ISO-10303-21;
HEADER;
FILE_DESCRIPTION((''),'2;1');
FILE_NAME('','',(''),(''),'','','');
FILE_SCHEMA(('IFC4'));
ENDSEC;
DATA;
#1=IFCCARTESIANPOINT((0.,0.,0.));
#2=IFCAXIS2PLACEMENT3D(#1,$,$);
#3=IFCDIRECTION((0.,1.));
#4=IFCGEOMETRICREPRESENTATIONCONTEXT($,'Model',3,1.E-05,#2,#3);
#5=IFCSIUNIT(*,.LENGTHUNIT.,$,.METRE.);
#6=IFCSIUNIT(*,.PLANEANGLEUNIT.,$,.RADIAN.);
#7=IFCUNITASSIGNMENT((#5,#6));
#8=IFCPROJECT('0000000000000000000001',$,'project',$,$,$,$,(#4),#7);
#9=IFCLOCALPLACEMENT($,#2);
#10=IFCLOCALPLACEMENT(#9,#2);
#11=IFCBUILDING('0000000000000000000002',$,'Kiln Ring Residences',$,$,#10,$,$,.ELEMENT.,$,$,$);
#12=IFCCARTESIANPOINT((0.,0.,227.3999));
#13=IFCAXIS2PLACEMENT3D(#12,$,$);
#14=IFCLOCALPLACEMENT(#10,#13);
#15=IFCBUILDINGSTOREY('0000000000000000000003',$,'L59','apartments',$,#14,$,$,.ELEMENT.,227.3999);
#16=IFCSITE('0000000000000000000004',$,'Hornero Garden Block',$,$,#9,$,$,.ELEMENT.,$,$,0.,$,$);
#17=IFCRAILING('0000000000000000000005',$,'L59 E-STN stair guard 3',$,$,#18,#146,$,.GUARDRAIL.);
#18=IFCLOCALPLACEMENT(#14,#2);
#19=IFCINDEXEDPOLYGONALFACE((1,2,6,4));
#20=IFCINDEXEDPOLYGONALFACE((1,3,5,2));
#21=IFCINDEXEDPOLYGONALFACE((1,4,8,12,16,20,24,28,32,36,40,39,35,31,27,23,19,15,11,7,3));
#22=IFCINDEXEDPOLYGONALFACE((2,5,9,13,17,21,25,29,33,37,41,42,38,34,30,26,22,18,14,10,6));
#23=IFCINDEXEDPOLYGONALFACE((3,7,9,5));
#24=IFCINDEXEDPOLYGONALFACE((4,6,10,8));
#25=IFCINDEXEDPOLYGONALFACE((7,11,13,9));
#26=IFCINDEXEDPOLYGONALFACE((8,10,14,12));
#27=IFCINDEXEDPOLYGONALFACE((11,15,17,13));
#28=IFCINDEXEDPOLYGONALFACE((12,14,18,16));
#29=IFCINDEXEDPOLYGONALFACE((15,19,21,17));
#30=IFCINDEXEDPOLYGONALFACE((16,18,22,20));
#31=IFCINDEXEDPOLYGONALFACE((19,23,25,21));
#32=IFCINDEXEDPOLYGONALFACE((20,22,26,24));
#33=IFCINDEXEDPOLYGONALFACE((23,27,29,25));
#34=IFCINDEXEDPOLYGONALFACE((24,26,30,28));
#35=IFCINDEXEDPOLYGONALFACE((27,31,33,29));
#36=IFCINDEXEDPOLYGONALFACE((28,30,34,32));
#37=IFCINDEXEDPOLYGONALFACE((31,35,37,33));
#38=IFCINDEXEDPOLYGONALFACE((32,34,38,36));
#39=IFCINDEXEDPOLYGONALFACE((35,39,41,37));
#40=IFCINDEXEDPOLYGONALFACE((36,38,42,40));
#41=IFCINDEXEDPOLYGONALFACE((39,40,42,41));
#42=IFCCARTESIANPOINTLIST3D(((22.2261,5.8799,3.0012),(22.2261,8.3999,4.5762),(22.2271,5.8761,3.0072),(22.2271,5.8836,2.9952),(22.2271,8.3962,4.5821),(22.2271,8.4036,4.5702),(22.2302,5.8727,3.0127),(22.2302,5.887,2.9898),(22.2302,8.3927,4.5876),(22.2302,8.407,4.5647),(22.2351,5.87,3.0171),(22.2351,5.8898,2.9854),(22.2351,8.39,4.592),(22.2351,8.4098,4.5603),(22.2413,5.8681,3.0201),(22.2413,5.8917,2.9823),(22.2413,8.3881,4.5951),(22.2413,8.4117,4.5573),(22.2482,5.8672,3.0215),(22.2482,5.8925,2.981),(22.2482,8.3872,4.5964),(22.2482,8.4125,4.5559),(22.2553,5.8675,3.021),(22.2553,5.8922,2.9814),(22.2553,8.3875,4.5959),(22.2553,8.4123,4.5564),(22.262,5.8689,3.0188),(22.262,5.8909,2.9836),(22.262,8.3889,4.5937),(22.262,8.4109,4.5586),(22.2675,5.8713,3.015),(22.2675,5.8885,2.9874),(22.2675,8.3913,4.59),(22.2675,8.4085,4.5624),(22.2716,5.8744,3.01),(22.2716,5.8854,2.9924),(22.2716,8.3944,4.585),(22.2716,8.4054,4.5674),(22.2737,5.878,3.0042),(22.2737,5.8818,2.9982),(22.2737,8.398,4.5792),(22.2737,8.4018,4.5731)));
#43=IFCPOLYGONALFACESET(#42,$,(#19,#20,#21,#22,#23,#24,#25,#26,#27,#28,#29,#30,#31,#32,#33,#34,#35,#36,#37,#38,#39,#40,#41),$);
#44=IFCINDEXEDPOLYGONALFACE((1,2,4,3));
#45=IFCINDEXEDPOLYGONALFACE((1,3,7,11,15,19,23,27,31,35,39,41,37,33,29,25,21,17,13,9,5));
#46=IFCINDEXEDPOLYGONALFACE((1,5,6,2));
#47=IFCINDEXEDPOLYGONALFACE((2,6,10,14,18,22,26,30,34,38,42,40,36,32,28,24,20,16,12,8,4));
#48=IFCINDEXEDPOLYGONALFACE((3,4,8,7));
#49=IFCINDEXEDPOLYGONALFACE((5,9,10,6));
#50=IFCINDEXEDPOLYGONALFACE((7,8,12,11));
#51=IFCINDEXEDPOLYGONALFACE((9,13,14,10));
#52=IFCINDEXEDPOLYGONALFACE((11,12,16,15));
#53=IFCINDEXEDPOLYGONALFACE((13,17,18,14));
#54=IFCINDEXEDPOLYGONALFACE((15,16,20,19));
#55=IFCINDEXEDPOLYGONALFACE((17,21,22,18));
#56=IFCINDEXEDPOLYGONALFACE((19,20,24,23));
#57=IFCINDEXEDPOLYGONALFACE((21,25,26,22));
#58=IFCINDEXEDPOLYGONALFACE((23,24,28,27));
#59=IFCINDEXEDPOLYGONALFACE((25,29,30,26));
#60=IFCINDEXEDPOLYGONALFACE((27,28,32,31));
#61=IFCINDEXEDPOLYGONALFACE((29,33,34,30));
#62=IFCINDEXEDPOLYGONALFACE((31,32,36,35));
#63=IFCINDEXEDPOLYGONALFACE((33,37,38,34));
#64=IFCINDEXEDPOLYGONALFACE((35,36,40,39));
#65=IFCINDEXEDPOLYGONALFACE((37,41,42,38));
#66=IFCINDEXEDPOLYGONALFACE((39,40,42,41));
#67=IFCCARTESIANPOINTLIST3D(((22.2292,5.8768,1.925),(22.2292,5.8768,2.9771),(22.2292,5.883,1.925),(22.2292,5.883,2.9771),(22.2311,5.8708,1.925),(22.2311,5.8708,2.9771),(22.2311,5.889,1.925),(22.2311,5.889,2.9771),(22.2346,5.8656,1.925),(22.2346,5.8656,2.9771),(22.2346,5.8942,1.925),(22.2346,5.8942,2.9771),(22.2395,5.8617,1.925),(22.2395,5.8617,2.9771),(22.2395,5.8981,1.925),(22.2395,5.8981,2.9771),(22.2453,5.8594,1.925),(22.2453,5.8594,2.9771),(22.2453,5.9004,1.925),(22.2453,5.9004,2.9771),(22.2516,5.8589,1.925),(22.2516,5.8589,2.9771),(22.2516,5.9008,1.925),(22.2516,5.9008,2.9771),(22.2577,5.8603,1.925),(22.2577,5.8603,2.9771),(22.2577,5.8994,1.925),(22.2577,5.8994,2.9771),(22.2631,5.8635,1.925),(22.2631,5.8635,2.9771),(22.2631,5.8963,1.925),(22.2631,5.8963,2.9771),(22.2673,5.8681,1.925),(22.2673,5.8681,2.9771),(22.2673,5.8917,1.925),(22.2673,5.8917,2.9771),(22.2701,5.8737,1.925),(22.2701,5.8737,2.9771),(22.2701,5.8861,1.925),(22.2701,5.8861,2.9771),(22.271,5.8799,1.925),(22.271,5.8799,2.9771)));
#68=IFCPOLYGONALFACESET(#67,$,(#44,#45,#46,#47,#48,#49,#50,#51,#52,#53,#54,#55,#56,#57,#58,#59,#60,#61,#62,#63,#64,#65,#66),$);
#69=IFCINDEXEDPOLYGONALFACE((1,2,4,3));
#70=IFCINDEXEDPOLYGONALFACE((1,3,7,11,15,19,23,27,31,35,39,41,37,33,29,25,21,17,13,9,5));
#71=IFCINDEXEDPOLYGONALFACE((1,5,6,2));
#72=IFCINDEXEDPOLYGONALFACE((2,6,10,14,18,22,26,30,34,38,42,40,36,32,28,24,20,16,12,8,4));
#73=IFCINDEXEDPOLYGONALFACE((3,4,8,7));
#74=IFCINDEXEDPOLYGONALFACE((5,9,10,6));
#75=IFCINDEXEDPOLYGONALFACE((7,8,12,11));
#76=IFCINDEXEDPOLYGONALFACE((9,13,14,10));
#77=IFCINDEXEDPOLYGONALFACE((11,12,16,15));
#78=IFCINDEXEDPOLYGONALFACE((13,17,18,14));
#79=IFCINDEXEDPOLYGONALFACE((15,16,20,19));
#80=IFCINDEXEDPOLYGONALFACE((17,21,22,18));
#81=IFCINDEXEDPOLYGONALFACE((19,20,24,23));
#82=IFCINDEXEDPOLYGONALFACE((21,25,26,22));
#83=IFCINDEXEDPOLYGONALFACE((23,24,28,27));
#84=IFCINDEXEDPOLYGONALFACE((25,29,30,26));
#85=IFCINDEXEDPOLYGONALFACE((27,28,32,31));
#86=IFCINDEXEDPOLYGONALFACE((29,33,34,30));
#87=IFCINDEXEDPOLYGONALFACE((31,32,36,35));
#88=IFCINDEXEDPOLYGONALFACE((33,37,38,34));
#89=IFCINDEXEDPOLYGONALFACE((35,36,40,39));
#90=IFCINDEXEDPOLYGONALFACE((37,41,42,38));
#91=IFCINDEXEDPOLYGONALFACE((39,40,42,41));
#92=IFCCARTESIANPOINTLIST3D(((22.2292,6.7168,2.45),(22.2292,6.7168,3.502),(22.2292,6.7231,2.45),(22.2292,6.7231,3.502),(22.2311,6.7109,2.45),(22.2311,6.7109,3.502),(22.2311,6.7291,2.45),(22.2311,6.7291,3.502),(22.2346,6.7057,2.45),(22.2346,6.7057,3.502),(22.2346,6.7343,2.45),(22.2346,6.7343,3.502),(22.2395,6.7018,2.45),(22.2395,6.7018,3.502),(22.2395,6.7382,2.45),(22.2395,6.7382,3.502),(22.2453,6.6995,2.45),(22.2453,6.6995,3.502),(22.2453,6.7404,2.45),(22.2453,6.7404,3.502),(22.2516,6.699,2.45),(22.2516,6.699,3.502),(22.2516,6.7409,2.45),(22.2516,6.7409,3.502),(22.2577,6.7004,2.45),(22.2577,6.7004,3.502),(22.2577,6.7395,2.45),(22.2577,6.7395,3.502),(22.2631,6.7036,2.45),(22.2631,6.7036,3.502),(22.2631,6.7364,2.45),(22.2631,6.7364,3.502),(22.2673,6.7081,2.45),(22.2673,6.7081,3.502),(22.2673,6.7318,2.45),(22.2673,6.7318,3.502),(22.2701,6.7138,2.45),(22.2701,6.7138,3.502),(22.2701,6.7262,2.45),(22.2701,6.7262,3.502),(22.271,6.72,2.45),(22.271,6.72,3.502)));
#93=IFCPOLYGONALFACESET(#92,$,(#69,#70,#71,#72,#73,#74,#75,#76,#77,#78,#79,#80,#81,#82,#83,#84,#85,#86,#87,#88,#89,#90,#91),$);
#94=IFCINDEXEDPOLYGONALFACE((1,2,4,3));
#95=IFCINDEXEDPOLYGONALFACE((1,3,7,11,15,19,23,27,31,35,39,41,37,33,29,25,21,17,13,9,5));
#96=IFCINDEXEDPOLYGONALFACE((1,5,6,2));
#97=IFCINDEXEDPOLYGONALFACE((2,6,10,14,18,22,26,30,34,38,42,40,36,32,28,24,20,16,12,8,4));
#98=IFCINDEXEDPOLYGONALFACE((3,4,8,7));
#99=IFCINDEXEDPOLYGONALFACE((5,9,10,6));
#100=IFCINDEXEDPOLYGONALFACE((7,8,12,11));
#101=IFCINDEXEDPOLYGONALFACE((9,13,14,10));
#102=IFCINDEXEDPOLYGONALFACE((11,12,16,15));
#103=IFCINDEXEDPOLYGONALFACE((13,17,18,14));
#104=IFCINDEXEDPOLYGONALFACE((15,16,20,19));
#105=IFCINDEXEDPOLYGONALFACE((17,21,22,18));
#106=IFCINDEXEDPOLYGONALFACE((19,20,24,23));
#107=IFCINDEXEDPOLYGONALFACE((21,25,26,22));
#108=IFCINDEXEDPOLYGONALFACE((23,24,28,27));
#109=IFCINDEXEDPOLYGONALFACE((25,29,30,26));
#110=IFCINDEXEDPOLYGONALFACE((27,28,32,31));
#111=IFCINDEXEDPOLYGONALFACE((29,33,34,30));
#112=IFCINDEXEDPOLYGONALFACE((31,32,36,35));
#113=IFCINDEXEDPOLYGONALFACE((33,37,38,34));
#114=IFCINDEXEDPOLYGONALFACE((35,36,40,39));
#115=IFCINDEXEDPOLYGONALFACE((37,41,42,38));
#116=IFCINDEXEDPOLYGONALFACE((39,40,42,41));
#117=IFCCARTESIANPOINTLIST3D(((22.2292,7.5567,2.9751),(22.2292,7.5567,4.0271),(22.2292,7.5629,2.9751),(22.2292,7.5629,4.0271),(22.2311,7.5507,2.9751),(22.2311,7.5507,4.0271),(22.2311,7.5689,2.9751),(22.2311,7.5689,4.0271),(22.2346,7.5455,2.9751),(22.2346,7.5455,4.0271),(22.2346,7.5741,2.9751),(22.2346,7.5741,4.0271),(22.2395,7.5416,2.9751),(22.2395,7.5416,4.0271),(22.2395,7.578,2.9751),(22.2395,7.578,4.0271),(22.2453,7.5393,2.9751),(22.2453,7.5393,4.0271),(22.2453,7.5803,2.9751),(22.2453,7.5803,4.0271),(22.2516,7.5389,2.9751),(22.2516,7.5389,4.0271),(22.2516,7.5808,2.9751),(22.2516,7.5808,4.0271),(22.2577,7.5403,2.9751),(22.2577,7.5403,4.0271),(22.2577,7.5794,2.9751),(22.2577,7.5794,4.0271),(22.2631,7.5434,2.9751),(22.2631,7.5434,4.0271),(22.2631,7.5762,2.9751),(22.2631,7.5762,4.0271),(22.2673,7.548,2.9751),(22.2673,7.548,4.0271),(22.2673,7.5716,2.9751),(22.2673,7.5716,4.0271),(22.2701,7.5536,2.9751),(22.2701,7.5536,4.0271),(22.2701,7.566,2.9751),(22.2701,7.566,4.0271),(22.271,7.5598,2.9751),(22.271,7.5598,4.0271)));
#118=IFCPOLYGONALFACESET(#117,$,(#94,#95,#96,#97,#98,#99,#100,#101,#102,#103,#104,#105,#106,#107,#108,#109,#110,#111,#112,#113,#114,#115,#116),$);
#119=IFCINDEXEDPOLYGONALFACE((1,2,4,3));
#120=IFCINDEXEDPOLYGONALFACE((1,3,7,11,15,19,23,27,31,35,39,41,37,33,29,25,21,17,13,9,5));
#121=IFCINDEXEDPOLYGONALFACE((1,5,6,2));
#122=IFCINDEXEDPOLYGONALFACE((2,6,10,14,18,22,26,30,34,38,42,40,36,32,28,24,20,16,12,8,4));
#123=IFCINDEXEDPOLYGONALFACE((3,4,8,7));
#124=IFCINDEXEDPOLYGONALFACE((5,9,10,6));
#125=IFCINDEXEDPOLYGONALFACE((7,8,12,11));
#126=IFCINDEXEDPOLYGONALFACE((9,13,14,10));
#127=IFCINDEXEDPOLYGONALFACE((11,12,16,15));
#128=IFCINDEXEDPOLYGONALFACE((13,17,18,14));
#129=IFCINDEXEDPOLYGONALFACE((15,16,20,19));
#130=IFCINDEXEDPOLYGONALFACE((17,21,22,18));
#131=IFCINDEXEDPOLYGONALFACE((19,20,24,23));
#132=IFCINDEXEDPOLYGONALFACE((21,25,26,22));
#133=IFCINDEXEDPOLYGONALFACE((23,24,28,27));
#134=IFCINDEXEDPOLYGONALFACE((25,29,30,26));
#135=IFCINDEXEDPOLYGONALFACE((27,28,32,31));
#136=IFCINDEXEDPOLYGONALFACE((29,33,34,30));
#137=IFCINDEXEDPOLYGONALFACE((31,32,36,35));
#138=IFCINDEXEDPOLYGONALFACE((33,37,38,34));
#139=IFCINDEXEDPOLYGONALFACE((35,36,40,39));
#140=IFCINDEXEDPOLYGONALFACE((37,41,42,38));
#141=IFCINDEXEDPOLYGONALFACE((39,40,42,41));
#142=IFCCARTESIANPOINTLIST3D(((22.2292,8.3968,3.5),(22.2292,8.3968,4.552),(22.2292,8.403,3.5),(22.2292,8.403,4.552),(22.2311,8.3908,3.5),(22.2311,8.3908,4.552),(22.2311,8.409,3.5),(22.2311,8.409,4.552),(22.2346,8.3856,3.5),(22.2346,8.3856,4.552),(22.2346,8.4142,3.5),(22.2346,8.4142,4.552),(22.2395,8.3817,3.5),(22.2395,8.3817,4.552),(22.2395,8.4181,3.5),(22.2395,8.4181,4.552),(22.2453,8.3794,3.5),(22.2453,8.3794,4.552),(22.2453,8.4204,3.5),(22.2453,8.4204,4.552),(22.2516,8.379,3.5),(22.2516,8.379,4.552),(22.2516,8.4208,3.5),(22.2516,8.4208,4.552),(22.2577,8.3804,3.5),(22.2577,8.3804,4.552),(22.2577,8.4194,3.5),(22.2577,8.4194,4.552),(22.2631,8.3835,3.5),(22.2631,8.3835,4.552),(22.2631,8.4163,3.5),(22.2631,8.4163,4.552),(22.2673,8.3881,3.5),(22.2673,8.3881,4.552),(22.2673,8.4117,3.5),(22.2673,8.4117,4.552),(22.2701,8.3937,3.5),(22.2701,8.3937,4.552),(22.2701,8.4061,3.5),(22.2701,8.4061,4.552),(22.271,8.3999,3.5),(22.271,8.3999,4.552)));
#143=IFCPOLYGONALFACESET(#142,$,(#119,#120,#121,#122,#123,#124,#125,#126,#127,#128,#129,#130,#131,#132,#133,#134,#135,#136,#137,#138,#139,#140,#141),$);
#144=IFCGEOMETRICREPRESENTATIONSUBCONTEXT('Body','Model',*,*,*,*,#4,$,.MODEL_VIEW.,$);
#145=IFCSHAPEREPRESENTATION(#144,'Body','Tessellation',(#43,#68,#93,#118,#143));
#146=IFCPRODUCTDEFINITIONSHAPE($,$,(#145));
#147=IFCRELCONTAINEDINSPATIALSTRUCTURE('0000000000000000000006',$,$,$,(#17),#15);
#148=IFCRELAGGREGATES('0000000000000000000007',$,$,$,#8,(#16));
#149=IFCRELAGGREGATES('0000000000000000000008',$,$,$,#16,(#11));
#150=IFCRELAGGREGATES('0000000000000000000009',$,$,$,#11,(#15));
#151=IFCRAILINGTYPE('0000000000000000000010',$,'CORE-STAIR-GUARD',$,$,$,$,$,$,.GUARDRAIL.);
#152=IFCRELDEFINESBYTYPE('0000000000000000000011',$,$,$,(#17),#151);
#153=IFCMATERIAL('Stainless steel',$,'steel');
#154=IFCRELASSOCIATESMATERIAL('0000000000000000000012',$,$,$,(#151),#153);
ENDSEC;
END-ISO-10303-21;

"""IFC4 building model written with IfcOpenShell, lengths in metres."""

from ifc_helpers import new_model, si_unit, direction, frame, origin, origin_2d, place, context, subcontext, project, spatial, circle, extrude, material, type_object, element, save


model = new_model("IFC4")

# Units and contexts
model_context = context("Model", 3, precision=1e-05, world=origin(), true_north=direction((0.0, 1.0)))
body_context = subcontext(model_context, "Body", "Model", "MODEL_VIEW")
ifc_project = project(units=[si_unit("LENGTHUNIT", "METRE"), si_unit("PLANEANGLEUNIT", "RADIAN")], contexts=[model_context])

# Site, building, storey
site_placement = place(None, origin())
site = spatial("IfcSite", under=ifc_project, at=site_placement, Name="Hornero Garden Block", CompositionType="ELEMENT", RefElevation=0.0)
building_placement = place(site_placement, origin())
building = spatial("IfcBuilding", under=site, at=building_placement, Name="Kiln Ring Residences", CompositionType="ELEMENT")
storey_placement = place(building_placement, frame((0.0, 0.0, 227.3999)))
storey = spatial("IfcBuildingStorey", under=building, at=storey_placement, Name="L59", Description="apartments", CompositionType="ELEMENT", Elevation=227.3999)

# Railing
ifc_material_1 = material(Name="Stainless steel", Category="steel")
railing_type_1 = type_object("IfcRailingType", Name="CORE-STAIR-GUARD", PredefinedType="GUARDRAIL", material=ifc_material_1)
railing_1_placement = place(storey_placement, frame((22.25, 5.8799, 1.925)))
element("IfcRailing", 1, at=railing_1_placement, inside=storey, type_object=railing_type_1, Name="L59 E-STN stair guard 3", PredefinedType="GUARDRAIL", context=body_context, shape_type="SweptSolid", body=[
    extrude(circle(Radius=0.0239, at=origin_2d()), frame((0.0, 0.0, 1.0762), z_axis=(0.0, 0.848008, 0.529984), x_axis=(-1.0, 0.0, 0.0)), (0.0, 0.0, 1.0), 2.9717),
    extrude(circle(Radius=0.021, at=origin_2d()), origin(), (0.0, 0.0, 1.0), 1.052),
    extrude(circle(Radius=0.021, at=origin_2d()), frame((0.0, 0.8401, 0.5249)), (0.0, 0.0, 1.0), 1.052),
    extrude(circle(Radius=0.021, at=origin_2d()), frame((0.0, 1.6799, 1.05)), (0.0, 0.0, 1.0), 1.052),
    extrude(circle(Radius=0.021, at=origin_2d()), frame((0.0, 2.52, 1.575)), (0.0, 0.0, 1.0), 1.052),
])

save(model, "model.ifc")
